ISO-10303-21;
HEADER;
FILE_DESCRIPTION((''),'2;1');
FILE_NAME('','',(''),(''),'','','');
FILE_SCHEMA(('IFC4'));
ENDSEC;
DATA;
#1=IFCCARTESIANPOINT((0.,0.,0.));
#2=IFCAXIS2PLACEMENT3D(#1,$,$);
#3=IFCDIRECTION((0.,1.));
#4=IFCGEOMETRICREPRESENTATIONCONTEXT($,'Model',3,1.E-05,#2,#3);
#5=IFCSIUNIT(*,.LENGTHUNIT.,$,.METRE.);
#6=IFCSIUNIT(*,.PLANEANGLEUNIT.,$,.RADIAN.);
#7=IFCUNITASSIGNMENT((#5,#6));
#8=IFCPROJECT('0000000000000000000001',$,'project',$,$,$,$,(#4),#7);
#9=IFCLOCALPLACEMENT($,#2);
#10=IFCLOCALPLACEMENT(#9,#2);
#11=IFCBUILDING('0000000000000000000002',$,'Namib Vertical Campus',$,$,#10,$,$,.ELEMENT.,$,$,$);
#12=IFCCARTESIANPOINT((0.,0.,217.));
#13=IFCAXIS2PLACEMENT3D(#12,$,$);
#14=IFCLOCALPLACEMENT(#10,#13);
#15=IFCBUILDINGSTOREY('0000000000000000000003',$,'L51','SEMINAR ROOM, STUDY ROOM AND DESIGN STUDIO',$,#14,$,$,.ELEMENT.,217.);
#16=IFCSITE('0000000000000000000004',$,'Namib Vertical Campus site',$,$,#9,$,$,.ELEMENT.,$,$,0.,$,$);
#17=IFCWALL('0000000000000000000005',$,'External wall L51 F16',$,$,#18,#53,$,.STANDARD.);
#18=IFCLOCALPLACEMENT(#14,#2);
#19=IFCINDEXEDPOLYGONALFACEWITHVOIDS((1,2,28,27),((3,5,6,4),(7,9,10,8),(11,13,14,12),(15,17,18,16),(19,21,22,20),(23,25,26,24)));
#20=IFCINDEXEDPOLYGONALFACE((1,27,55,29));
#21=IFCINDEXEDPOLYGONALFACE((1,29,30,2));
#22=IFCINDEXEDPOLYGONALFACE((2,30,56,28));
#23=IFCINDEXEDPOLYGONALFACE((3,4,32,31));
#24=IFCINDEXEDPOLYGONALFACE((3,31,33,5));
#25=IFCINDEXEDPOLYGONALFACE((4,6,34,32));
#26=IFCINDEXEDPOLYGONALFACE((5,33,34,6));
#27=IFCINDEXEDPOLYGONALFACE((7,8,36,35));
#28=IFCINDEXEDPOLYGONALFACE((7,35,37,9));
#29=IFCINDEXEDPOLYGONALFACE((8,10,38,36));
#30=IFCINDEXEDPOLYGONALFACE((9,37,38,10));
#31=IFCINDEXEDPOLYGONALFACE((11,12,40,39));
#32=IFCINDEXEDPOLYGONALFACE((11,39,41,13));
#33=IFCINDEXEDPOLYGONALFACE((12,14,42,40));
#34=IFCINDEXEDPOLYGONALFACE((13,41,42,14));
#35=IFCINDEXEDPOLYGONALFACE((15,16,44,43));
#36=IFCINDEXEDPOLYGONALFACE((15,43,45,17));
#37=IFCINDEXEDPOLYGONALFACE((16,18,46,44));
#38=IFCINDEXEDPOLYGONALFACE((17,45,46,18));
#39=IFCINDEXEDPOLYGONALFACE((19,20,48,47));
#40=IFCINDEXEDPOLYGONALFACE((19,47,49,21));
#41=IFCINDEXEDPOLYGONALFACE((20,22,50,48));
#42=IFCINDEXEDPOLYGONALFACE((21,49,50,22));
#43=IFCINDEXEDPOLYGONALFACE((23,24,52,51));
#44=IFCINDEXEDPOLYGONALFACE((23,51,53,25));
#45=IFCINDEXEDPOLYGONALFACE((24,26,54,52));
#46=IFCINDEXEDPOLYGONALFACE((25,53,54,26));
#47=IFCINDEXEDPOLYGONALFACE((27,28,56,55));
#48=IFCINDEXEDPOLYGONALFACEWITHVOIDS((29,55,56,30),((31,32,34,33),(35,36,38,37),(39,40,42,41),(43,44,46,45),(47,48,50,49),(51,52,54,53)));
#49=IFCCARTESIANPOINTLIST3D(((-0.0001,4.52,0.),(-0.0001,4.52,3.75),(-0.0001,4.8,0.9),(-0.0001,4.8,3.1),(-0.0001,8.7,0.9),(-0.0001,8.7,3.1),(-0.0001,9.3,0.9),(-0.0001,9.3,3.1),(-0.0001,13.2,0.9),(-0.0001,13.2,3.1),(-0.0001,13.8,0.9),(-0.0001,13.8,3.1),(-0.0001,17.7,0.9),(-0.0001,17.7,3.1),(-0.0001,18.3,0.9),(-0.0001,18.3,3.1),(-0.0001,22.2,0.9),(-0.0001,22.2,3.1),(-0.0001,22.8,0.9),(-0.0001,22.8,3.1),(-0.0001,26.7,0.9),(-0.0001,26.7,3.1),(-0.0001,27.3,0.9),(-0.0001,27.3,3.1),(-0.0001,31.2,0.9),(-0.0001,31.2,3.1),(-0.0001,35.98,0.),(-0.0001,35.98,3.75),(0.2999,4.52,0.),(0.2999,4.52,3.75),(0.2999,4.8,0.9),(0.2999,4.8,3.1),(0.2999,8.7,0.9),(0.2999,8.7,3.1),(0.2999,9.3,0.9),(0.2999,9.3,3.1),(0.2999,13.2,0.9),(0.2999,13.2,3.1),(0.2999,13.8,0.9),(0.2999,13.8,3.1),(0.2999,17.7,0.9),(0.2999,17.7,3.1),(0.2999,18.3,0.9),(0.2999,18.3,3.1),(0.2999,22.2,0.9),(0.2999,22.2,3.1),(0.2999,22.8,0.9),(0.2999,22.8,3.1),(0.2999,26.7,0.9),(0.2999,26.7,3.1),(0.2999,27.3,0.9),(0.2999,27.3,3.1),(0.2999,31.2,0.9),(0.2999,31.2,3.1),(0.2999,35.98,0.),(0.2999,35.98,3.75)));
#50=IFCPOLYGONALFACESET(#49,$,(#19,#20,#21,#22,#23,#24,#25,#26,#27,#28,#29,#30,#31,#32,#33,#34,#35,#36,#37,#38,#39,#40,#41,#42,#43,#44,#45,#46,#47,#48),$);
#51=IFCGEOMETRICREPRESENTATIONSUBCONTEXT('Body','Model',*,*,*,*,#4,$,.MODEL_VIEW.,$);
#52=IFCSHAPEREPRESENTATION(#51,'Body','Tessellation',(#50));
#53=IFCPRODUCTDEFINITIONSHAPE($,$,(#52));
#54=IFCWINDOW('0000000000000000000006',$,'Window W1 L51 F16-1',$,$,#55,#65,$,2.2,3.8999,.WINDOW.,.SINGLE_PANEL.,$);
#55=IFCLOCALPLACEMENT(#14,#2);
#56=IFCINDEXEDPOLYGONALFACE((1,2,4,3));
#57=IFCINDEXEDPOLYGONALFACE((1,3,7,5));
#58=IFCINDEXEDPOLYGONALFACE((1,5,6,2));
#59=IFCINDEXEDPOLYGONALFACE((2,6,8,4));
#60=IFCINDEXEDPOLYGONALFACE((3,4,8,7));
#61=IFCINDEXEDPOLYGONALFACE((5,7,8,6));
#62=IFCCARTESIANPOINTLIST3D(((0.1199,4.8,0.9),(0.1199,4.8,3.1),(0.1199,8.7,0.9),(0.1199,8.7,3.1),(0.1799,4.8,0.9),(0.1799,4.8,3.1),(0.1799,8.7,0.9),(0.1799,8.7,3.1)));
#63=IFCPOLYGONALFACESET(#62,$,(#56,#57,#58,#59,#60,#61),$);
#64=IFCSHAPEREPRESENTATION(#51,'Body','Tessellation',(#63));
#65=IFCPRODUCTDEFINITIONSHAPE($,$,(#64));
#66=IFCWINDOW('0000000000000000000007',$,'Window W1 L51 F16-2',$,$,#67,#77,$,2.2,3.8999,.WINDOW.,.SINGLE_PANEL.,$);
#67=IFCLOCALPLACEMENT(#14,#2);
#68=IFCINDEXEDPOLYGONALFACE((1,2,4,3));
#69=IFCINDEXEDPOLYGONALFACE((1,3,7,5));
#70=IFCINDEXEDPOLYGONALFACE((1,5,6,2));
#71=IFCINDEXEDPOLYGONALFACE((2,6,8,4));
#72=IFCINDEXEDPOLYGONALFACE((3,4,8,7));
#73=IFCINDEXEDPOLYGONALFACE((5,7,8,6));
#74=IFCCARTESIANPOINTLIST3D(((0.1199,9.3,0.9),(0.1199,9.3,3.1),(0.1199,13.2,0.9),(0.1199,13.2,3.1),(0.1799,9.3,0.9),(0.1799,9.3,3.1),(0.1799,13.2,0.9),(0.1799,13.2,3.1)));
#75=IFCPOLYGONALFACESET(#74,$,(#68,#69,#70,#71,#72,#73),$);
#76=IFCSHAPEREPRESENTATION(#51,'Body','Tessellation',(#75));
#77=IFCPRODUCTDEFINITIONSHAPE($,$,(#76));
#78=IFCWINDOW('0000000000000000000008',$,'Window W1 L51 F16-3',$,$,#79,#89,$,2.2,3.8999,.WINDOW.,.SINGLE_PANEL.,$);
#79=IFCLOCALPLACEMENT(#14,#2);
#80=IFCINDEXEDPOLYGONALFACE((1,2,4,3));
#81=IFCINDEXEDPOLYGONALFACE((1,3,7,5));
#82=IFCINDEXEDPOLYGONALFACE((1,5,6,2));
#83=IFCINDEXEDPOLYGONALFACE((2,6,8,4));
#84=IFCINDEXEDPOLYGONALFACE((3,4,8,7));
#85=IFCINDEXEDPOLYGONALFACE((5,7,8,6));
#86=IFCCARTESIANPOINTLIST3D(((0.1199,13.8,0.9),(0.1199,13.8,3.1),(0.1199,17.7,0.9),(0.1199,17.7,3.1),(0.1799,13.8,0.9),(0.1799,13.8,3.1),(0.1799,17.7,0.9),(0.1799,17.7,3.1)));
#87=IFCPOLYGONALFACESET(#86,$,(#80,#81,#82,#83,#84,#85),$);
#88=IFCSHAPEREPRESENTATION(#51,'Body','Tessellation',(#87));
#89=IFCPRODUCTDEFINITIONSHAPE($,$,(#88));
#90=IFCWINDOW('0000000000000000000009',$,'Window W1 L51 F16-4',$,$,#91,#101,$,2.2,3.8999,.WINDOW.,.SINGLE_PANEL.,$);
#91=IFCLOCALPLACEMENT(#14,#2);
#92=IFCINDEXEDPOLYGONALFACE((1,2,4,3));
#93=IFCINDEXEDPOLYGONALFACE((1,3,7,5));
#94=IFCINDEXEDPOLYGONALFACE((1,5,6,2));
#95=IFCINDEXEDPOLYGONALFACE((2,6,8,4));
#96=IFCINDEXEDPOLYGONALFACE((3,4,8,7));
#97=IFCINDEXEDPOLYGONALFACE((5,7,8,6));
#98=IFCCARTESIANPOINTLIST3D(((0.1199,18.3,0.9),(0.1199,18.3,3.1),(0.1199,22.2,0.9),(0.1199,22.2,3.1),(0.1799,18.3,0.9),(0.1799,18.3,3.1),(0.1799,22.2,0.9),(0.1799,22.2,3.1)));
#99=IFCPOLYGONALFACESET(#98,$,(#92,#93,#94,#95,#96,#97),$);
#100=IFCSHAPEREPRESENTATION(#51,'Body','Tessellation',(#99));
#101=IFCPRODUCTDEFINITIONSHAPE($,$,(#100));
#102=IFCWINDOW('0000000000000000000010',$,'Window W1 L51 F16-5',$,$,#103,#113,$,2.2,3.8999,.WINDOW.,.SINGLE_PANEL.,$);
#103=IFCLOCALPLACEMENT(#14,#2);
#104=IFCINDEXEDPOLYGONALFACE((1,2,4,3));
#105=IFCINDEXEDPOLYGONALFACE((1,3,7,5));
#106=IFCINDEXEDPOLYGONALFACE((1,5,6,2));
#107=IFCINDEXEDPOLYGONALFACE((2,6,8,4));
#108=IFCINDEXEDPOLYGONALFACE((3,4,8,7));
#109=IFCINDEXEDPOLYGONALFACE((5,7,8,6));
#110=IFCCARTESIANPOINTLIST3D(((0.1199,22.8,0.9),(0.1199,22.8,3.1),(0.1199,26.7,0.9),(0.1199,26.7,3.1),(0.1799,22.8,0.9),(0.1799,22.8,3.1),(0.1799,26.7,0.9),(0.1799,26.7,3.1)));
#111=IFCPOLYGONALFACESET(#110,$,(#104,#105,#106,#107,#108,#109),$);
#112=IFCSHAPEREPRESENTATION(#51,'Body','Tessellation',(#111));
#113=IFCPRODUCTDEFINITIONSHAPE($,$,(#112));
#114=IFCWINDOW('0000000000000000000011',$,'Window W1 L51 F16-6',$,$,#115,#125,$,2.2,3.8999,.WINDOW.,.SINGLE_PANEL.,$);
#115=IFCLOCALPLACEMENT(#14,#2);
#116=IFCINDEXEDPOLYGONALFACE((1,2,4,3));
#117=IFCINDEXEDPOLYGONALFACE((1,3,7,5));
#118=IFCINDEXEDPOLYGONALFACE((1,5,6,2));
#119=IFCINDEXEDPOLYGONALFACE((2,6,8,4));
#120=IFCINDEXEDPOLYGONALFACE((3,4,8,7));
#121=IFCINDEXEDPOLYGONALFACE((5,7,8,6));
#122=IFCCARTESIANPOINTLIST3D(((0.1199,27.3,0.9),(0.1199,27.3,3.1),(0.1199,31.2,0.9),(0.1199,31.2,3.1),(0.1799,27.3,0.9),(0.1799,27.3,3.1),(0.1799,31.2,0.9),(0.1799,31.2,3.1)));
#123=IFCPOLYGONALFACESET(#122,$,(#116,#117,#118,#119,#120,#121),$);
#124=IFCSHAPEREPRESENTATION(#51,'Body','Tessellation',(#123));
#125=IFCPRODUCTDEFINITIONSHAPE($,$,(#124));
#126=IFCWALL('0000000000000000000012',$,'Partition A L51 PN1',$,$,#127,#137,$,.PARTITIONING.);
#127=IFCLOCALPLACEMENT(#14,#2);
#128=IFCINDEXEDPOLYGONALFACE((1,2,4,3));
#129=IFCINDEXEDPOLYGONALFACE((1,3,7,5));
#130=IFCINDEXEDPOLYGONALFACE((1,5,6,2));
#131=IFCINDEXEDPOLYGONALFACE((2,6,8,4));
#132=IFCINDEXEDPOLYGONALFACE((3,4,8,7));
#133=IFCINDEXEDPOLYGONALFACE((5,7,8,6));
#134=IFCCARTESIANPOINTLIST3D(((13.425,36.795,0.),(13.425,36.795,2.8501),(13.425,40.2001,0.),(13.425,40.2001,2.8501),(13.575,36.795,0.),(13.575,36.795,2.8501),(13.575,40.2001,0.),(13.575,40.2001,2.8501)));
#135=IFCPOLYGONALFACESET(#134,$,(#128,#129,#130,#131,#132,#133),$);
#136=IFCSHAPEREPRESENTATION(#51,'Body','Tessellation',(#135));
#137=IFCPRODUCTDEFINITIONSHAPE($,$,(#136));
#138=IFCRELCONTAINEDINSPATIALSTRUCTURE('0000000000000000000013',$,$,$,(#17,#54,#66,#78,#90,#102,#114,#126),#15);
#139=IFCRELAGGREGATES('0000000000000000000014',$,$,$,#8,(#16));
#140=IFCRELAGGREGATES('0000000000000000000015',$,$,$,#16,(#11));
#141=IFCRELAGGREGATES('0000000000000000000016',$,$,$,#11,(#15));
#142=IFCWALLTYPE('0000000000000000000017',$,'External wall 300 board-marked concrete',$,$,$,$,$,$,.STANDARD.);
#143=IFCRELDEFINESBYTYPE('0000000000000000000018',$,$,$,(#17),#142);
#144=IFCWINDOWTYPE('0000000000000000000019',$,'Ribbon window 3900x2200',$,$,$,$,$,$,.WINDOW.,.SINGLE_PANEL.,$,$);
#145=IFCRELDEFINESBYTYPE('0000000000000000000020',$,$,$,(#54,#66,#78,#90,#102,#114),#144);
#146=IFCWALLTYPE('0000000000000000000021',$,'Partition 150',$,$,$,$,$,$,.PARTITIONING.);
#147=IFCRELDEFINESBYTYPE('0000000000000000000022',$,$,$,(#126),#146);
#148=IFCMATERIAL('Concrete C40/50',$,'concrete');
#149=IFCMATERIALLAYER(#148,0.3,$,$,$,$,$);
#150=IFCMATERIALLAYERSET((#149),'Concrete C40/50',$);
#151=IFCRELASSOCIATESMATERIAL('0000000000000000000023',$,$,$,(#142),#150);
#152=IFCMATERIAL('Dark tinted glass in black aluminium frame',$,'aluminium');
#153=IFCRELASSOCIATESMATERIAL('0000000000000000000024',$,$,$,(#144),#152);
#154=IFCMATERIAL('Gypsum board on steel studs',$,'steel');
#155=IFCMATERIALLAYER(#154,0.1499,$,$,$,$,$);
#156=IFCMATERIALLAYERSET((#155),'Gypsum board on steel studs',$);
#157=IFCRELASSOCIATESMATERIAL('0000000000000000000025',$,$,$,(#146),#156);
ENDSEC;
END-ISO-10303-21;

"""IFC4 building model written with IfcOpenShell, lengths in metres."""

from ifc_helpers import new_model, si_unit, direction, frame, frame_2d, origin, place, context, subcontext, project, spatial, rectangle, extrude, material, layer, layer_set, type_object, element, fill, save


model = new_model("IFC4")

# Units and contexts
model_context = context("Model", 3, precision=1e-05, world=origin(), true_north=direction((0.0, 1.0)))
body_context = subcontext(model_context, "Body", "Model", "MODEL_VIEW")
ifc_project = project(units=[si_unit("LENGTHUNIT", "METRE"), si_unit("PLANEANGLEUNIT", "RADIAN")], contexts=[model_context])

# Site, building, storey
site_placement = place(None, origin())
site = spatial("IfcSite", under=ifc_project, at=site_placement, Name="Namib Vertical Campus site", CompositionType="ELEMENT", RefElevation=0.0)
building_placement = place(site_placement, origin())
building = spatial("IfcBuilding", under=site, at=building_placement, Name="Namib Vertical Campus", CompositionType="ELEMENT")
storey_placement = place(building_placement, frame((0.0, 0.0, 217.0)))
storey = spatial("IfcBuildingStorey", under=building, at=storey_placement, Name="L51", Description="SEMINAR ROOM, STUDY ROOM AND DESIGN STUDIO", CompositionType="ELEMENT", Elevation=217.0)

# Shared definitions
ifc_material_1 = material(Name="Concrete C40/50", Category="concrete")
ifc_layer_1 = layer(ifc_material_1, 0.3)
ifc_layer_set_1 = layer_set([ifc_layer_1], Name="Concrete C40/50")
wall_type_1 = type_object("IfcWallType", Name="External wall 300 board-marked concrete", PredefinedType="STANDARD", material=ifc_layer_set_1)

# Wall, openings, windows
wall_1_placement = place(storey_placement, frame((0.1499, 35.98, 0.0), z_axis=(0.0, 0.0, 1.0), x_axis=(0.0, -1.0, 0.0)))
wall_1 = element("IfcWall", 1, at=wall_1_placement, inside=storey, type_object=wall_type_1, Name="External wall L51 F16", PredefinedType="STANDARD", context=body_context, shape_type="SweptSolid", body=[
    extrude(rectangle(XDim=31.46, YDim=0.3, at=frame_2d((15.73, 0.0))), origin(), (0.0, 0.0, 1.0), 3.75),
])
opening_1_placement = place(wall_1_placement, frame((27.28, 0.0, 0.8999)))
opening_1 = element("IfcOpeningElement", 2, at=opening_1_placement, cuts=wall_1, PredefinedType="OPENING", context=body_context, shape_type="SweptSolid", body=[
    extrude(rectangle(XDim=3.8999, YDim=2.2, at=frame_2d((1.95, 1.1001))), frame((0.0, 0.1599, 0.0), z_axis=(0.0, -1.0, 0.0), x_axis=(1.0, 0.0, 0.0)), (0.0, 0.0, 1.0), 0.3201),
])
opening_2_placement = place(wall_1_placement, frame((22.78, 0.0, 0.8999)))
opening_2 = element("IfcOpeningElement", 3, at=opening_2_placement, cuts=wall_1, PredefinedType="OPENING", context=body_context, shape_type="SweptSolid", body=[
    extrude(rectangle(XDim=3.8999, YDim=2.2, at=frame_2d((1.95, 1.1001))), frame((0.0, 0.1599, 0.0), z_axis=(0.0, -1.0, 0.0), x_axis=(1.0, 0.0, 0.0)), (0.0, 0.0, 1.0), 0.3201),
])
opening_3_placement = place(wall_1_placement, frame((18.28, 0.0, 0.8999)))
opening_3 = element("IfcOpeningElement", 4, at=opening_3_placement, cuts=wall_1, PredefinedType="OPENING", context=body_context, shape_type="SweptSolid", body=[
    extrude(rectangle(XDim=3.8999, YDim=2.2, at=frame_2d((1.95, 1.1001))), frame((0.0, 0.1599, 0.0), z_axis=(0.0, -1.0, 0.0), x_axis=(1.0, 0.0, 0.0)), (0.0, 0.0, 1.0), 0.3201),
])
opening_4_placement = place(wall_1_placement, frame((13.78, 0.0, 0.8999)))
opening_4 = element("IfcOpeningElement", 5, at=opening_4_placement, cuts=wall_1, PredefinedType="OPENING", context=body_context, shape_type="SweptSolid", body=[
    extrude(rectangle(XDim=3.8999, YDim=2.2, at=frame_2d((1.95, 1.1001))), frame((0.0, 0.1599, 0.0), z_axis=(0.0, -1.0, 0.0), x_axis=(1.0, 0.0, 0.0)), (0.0, 0.0, 1.0), 0.3201),
])
opening_5_placement = place(wall_1_placement, frame((9.28, 0.0, 0.8999)))
opening_5 = element("IfcOpeningElement", 6, at=opening_5_placement, cuts=wall_1, PredefinedType="OPENING", context=body_context, shape_type="SweptSolid", body=[
    extrude(rectangle(XDim=3.8999, YDim=2.2, at=frame_2d((1.95, 1.1001))), frame((0.0, 0.1599, 0.0), z_axis=(0.0, -1.0, 0.0), x_axis=(1.0, 0.0, 0.0)), (0.0, 0.0, 1.0), 0.3201),
])
opening_6_placement = place(wall_1_placement, frame((4.78, 0.0, 0.8999)))
opening_6 = element("IfcOpeningElement", 7, at=opening_6_placement, cuts=wall_1, PredefinedType="OPENING", context=body_context, shape_type="SweptSolid", body=[
    extrude(rectangle(XDim=3.8999, YDim=2.2, at=frame_2d((1.95, 1.1001))), frame((0.0, 0.1599, 0.0), z_axis=(0.0, -1.0, 0.0), x_axis=(1.0, 0.0, 0.0)), (0.0, 0.0, 1.0), 0.3201),
])
ifc_material_2 = material(Name="Dark tinted glass in black aluminium frame", Category="aluminium")
window_type = type_object("IfcWindowType", Name="Ribbon window 3900x2200", PartitioningType="SINGLE_PANEL", PredefinedType="WINDOW", material=ifc_material_2)
window_1_placement = place(opening_1_placement, origin())
window_1 = element("IfcWindow", 8, at=window_1_placement, inside=storey, type_object=window_type, Name="Window W1 L51 F16-1", OverallHeight=2.2, OverallWidth=3.8999, PartitioningType="SINGLE_PANEL", PredefinedType="WINDOW", context=body_context, shape_type="SweptSolid", body=[
    extrude(rectangle(XDim=3.8999, YDim=2.2, at=frame_2d((1.95, 1.1001))), frame((0.0, 0.03, 0.0), z_axis=(0.0, -1.0, 0.0), x_axis=(1.0, 0.0, 0.0)), (0.0, 0.0, 1.0), 0.0601),
])
fill(opening_1, window_1)
window_2_placement = place(opening_2_placement, origin())
window_2 = element("IfcWindow", 9, at=window_2_placement, inside=storey, type_object=window_type, Name="Window W1 L51 F16-2", OverallHeight=2.2, OverallWidth=3.8999, PartitioningType="SINGLE_PANEL", PredefinedType="WINDOW", context=body_context, shape_type="SweptSolid", body=[
    extrude(rectangle(XDim=3.8999, YDim=2.2, at=frame_2d((1.95, 1.1001))), frame((0.0, 0.03, 0.0), z_axis=(0.0, -1.0, 0.0), x_axis=(1.0, 0.0, 0.0)), (0.0, 0.0, 1.0), 0.0601),
])
fill(opening_2, window_2)
window_3_placement = place(opening_3_placement, origin())
window_3 = element("IfcWindow", 10, at=window_3_placement, inside=storey, type_object=window_type, Name="Window W1 L51 F16-3", OverallHeight=2.2, OverallWidth=3.8999, PartitioningType="SINGLE_PANEL", PredefinedType="WINDOW", context=body_context, shape_type="SweptSolid", body=[
    extrude(rectangle(XDim=3.8999, YDim=2.2, at=frame_2d((1.95, 1.1001))), frame((0.0, 0.03, 0.0), z_axis=(0.0, -1.0, 0.0), x_axis=(1.0, 0.0, 0.0)), (0.0, 0.0, 1.0), 0.0601),
])
fill(opening_3, window_3)
window_4_placement = place(opening_4_placement, origin())
window_4 = element("IfcWindow", 11, at=window_4_placement, inside=storey, type_object=window_type, Name="Window W1 L51 F16-4", OverallHeight=2.2, OverallWidth=3.8999, PartitioningType="SINGLE_PANEL", PredefinedType="WINDOW", context=body_context, shape_type="SweptSolid", body=[
    extrude(rectangle(XDim=3.8999, YDim=2.2, at=frame_2d((1.95, 1.1001))), frame((0.0, 0.03, 0.0), z_axis=(0.0, -1.0, 0.0), x_axis=(1.0, 0.0, 0.0)), (0.0, 0.0, 1.0), 0.0601),
])
fill(opening_4, window_4)
window_5_placement = place(opening_5_placement, origin())
window_5 = element("IfcWindow", 12, at=window_5_placement, inside=storey, type_object=window_type, Name="Window W1 L51 F16-5", OverallHeight=2.2, OverallWidth=3.8999, PartitioningType="SINGLE_PANEL", PredefinedType="WINDOW", context=body_context, shape_type="SweptSolid", body=[
    extrude(rectangle(XDim=3.8999, YDim=2.2, at=frame_2d((1.95, 1.1001))), frame((0.0, 0.03, 0.0), z_axis=(0.0, -1.0, 0.0), x_axis=(1.0, 0.0, 0.0)), (0.0, 0.0, 1.0), 0.0601),
])
fill(opening_5, window_5)
window_6_placement = place(opening_6_placement, origin())
window_6 = element("IfcWindow", 13, at=window_6_placement, inside=storey, type_object=window_type, Name="Window W1 L51 F16-6", OverallHeight=2.2, OverallWidth=3.8999, PartitioningType="SINGLE_PANEL", PredefinedType="WINDOW", context=body_context, shape_type="SweptSolid", body=[
    extrude(rectangle(XDim=3.8999, YDim=2.2, at=frame_2d((1.95, 1.1001))), frame((0.0, 0.03, 0.0), z_axis=(0.0, -1.0, 0.0), x_axis=(1.0, 0.0, 0.0)), (0.0, 0.0, 1.0), 0.0601),
])
fill(opening_6, window_6)

# Wall
ifc_material_3 = material(Name="Gypsum board on steel studs", Category="steel")
ifc_layer_2 = layer(ifc_material_3, 0.1499)
ifc_layer_set_2 = layer_set([ifc_layer_2], Name="Gypsum board on steel studs")
wall_type_2 = type_object("IfcWallType", Name="Partition 150", PredefinedType="PARTITIONING", material=ifc_layer_set_2)
wall_2_placement = place(storey_placement, frame((13.5, 36.7949, 0.0), z_axis=(0.0, 0.0, 1.0), x_axis=(0.0, 1.0, 0.0)))
element("IfcWall", 14, at=wall_2_placement, inside=storey, type_object=wall_type_2, Name="Partition A L51 PN1", PredefinedType="PARTITIONING", context=body_context, shape_type="SweptSolid", body=[
    extrude(rectangle(XDim=3.405, YDim=0.1499, at=frame_2d((1.7026, 0.0))), origin(), (0.0, 0.0, 1.0), 2.8501),
])

save(model, "model.ifc")
